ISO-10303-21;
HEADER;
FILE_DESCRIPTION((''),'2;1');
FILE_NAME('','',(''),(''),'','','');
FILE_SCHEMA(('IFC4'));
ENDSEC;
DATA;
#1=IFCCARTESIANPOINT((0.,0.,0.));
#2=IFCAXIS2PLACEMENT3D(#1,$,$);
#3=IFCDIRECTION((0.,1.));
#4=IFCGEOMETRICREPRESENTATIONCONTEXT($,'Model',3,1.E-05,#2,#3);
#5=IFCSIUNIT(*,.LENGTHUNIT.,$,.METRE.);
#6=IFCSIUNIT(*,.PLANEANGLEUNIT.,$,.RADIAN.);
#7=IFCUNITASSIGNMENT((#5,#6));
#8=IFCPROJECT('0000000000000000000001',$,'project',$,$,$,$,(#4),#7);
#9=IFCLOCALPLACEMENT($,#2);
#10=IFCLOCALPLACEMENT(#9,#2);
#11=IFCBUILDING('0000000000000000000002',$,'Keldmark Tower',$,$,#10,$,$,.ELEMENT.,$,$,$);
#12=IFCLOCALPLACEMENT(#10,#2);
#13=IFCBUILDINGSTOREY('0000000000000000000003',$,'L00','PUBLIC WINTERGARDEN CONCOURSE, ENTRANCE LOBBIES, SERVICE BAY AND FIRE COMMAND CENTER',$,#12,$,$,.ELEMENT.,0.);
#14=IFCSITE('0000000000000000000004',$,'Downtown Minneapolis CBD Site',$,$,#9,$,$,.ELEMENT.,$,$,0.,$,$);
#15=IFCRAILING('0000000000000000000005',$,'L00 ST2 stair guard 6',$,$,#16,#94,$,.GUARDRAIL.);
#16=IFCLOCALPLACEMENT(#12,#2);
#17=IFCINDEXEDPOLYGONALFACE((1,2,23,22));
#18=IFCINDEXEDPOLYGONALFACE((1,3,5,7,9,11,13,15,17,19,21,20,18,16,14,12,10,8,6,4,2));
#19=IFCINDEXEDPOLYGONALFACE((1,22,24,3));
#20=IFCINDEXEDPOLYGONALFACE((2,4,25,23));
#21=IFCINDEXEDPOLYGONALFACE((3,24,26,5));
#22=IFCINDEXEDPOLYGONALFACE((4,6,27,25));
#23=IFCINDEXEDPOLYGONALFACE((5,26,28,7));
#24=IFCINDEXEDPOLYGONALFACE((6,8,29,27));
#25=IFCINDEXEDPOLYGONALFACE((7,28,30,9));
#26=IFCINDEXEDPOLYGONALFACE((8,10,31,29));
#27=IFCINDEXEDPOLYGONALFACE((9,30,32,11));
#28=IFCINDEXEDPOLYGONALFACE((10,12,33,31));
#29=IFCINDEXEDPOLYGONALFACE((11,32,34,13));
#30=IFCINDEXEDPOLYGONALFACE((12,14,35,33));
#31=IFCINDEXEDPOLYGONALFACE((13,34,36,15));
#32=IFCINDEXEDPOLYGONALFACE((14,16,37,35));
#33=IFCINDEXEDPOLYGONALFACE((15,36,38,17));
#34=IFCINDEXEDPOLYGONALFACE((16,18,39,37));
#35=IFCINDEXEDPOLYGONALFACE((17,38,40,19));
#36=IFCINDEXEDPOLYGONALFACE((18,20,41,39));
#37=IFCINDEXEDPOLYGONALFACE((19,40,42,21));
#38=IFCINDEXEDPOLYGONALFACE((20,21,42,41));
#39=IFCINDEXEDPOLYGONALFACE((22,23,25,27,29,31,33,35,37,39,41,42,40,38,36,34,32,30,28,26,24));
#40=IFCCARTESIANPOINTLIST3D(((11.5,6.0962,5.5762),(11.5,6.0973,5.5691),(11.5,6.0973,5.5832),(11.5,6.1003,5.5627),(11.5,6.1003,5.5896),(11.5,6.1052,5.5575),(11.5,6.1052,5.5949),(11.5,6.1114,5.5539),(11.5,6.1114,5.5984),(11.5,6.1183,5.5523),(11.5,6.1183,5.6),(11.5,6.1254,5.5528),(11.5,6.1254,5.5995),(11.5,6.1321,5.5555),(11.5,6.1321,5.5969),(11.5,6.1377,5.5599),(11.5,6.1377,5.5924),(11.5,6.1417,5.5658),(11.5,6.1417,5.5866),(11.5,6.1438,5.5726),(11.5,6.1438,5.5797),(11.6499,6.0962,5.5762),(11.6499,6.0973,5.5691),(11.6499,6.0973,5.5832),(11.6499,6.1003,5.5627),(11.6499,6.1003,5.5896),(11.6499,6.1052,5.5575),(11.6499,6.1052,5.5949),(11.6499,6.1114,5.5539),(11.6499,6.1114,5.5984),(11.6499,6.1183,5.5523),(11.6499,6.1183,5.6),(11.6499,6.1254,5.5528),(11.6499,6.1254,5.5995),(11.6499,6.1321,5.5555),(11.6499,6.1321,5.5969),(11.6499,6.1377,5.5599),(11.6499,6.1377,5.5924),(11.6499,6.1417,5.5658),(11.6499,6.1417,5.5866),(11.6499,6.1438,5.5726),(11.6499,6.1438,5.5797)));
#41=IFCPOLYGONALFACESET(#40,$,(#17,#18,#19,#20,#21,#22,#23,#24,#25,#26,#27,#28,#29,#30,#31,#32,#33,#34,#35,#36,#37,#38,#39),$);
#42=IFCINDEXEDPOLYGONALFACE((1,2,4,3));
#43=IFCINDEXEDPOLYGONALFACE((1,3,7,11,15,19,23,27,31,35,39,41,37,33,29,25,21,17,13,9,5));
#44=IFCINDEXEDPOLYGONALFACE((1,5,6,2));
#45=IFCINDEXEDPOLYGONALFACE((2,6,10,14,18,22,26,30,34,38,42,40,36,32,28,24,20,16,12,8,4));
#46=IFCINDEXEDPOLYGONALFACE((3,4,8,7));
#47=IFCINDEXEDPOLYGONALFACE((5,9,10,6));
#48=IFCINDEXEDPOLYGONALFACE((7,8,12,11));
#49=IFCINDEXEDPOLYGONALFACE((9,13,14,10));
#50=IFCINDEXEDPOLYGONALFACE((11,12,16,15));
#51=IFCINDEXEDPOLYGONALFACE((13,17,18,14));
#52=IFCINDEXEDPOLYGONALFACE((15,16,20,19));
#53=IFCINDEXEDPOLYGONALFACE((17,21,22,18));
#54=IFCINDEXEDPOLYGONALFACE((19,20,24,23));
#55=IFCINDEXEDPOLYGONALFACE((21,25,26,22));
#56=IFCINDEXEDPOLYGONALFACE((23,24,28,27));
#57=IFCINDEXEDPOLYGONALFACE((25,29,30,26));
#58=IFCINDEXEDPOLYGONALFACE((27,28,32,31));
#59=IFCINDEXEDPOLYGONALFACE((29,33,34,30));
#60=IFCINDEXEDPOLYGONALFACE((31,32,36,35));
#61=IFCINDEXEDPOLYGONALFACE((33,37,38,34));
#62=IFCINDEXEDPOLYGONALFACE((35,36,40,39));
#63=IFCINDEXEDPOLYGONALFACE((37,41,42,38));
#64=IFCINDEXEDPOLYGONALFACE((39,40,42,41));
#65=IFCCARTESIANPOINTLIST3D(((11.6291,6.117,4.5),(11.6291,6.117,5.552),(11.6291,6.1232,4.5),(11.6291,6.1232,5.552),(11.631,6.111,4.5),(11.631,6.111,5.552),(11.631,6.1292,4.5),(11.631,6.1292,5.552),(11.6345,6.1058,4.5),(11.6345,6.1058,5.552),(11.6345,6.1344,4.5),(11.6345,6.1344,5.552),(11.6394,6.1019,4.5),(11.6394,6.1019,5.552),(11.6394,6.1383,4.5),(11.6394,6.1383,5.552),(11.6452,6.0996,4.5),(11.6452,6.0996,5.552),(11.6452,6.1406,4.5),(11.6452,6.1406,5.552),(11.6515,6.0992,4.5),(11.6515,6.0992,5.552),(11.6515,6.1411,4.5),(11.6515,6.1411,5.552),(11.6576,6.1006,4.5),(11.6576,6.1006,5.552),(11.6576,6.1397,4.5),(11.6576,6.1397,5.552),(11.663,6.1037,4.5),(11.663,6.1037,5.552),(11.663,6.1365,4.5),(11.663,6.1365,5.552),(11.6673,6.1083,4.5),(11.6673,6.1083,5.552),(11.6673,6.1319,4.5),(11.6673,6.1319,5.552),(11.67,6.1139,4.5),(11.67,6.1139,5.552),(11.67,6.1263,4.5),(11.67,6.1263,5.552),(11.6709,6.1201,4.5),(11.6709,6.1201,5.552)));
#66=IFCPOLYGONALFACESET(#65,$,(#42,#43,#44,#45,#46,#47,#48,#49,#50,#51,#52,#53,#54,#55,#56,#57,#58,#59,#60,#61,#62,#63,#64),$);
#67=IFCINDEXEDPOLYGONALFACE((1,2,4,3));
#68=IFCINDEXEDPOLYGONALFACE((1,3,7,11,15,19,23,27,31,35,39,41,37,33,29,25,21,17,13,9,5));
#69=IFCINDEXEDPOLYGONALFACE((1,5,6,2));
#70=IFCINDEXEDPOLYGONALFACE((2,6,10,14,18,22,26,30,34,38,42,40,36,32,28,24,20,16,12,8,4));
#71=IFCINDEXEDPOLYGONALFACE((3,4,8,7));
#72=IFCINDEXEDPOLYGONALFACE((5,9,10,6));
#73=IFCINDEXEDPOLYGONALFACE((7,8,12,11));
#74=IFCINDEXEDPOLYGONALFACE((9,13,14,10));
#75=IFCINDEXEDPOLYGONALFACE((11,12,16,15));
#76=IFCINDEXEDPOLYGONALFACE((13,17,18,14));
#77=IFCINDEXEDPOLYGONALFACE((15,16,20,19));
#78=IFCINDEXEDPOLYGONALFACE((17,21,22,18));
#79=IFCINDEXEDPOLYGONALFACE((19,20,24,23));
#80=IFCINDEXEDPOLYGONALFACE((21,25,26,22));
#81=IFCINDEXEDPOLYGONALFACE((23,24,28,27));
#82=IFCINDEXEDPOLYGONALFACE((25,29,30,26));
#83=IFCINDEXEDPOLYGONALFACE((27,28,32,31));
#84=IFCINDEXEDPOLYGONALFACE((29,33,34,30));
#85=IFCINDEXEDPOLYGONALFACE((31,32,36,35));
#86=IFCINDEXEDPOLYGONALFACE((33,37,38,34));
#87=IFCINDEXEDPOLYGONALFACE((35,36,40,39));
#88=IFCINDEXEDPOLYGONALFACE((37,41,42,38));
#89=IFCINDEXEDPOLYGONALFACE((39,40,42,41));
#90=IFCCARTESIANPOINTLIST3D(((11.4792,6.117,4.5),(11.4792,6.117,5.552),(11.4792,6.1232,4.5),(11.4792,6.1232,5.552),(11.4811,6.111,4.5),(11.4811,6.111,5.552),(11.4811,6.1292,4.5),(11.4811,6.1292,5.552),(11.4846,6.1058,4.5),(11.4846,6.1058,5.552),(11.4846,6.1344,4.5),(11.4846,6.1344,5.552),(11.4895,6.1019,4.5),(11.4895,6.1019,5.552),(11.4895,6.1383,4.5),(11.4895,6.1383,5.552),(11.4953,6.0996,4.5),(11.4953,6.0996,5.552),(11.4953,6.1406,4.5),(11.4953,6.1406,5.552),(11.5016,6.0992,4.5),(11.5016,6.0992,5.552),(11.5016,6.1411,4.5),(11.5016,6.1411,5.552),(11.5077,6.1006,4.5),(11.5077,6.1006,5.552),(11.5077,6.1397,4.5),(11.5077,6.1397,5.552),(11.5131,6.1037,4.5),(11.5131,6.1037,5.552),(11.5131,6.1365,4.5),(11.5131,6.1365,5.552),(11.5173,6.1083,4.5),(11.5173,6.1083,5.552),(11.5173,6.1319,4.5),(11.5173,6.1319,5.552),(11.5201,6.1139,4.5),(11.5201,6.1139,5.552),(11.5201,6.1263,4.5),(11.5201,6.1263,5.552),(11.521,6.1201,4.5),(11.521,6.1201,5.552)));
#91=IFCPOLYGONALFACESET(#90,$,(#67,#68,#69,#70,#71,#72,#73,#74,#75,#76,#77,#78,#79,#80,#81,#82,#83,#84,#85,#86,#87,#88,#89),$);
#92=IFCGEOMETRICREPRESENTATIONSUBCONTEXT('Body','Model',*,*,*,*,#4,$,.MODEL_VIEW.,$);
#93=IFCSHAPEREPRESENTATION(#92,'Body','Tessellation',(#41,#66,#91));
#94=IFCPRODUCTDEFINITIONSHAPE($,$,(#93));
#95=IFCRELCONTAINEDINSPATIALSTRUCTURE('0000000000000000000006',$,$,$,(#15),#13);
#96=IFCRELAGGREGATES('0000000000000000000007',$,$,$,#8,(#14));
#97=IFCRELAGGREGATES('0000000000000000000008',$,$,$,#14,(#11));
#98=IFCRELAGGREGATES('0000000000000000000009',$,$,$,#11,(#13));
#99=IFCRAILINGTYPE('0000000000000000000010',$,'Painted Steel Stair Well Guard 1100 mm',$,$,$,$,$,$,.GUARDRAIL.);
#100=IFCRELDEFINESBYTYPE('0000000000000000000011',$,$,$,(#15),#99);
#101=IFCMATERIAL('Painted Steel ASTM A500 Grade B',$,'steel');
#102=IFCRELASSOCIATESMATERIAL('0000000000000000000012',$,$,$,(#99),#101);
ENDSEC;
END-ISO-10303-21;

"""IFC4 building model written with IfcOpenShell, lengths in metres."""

from ifc_helpers import new_model, si_unit, direction, frame, origin, origin_2d, place, context, subcontext, project, spatial, circle, extrude, material, type_object, element, save


model = new_model("IFC4")

# Units and contexts
model_context = context("Model", 3, precision=1e-05, world=origin(), true_north=direction((0.0, 1.0)))
body_context = subcontext(model_context, "Body", "Model", "MODEL_VIEW")
ifc_project = project(units=[si_unit("LENGTHUNIT", "METRE"), si_unit("PLANEANGLEUNIT", "RADIAN")], contexts=[model_context])

# Site, building, storey
site_placement = place(None, origin())
site = spatial("IfcSite", under=ifc_project, at=site_placement, Name="Downtown Minneapolis CBD Site", CompositionType="ELEMENT", RefElevation=0.0)
building_placement = place(site_placement, origin())
building = spatial("IfcBuilding", under=site, at=building_placement, Name="Keldmark Tower", CompositionType="ELEMENT")
storey_placement = place(building_placement, origin())
storey = spatial("IfcBuildingStorey", under=building, at=storey_placement, Name="L00", Description="PUBLIC WINTERGARDEN CONCOURSE, ENTRANCE LOBBIES, SERVICE BAY AND FIRE COMMAND CENTER", CompositionType="ELEMENT", Elevation=0.0)

# Railing
ifc_material_1 = material(Name="Painted Steel ASTM A500 Grade B", Category="steel")
railing_type_1 = type_object("IfcRailingType", Name="Painted Steel Stair Well Guard 1100 mm", PredefinedType="GUARDRAIL", material=ifc_material_1)
railing_1_placement = place(storey_placement, frame((11.6499, 6.1201, 4.5)))
element("IfcRailing", 1, at=railing_1_placement, inside=storey, type_object=railing_type_1, Name="L00 ST2 stair guard 6", PredefinedType="GUARDRAIL", context=body_context, shape_type="SweptSolid", body=[
    extrude(circle(Radius=0.0239, at=origin_2d()), frame((0.0, 0.0, 1.0762), z_axis=(-1.0, 0.0, 0.0), x_axis=(0.0, -1.0, 0.0)), (0.0, 0.0, 1.0), 0.1499),
    extrude(circle(Radius=0.021, at=origin_2d()), origin(), (0.0, 0.0, 1.0), 1.052),
    extrude(circle(Radius=0.021, at=origin_2d()), frame((-0.1499, 0.0, 0.0)), (0.0, 0.0, 1.0), 1.052),
])

save(model, "model.ifc")
